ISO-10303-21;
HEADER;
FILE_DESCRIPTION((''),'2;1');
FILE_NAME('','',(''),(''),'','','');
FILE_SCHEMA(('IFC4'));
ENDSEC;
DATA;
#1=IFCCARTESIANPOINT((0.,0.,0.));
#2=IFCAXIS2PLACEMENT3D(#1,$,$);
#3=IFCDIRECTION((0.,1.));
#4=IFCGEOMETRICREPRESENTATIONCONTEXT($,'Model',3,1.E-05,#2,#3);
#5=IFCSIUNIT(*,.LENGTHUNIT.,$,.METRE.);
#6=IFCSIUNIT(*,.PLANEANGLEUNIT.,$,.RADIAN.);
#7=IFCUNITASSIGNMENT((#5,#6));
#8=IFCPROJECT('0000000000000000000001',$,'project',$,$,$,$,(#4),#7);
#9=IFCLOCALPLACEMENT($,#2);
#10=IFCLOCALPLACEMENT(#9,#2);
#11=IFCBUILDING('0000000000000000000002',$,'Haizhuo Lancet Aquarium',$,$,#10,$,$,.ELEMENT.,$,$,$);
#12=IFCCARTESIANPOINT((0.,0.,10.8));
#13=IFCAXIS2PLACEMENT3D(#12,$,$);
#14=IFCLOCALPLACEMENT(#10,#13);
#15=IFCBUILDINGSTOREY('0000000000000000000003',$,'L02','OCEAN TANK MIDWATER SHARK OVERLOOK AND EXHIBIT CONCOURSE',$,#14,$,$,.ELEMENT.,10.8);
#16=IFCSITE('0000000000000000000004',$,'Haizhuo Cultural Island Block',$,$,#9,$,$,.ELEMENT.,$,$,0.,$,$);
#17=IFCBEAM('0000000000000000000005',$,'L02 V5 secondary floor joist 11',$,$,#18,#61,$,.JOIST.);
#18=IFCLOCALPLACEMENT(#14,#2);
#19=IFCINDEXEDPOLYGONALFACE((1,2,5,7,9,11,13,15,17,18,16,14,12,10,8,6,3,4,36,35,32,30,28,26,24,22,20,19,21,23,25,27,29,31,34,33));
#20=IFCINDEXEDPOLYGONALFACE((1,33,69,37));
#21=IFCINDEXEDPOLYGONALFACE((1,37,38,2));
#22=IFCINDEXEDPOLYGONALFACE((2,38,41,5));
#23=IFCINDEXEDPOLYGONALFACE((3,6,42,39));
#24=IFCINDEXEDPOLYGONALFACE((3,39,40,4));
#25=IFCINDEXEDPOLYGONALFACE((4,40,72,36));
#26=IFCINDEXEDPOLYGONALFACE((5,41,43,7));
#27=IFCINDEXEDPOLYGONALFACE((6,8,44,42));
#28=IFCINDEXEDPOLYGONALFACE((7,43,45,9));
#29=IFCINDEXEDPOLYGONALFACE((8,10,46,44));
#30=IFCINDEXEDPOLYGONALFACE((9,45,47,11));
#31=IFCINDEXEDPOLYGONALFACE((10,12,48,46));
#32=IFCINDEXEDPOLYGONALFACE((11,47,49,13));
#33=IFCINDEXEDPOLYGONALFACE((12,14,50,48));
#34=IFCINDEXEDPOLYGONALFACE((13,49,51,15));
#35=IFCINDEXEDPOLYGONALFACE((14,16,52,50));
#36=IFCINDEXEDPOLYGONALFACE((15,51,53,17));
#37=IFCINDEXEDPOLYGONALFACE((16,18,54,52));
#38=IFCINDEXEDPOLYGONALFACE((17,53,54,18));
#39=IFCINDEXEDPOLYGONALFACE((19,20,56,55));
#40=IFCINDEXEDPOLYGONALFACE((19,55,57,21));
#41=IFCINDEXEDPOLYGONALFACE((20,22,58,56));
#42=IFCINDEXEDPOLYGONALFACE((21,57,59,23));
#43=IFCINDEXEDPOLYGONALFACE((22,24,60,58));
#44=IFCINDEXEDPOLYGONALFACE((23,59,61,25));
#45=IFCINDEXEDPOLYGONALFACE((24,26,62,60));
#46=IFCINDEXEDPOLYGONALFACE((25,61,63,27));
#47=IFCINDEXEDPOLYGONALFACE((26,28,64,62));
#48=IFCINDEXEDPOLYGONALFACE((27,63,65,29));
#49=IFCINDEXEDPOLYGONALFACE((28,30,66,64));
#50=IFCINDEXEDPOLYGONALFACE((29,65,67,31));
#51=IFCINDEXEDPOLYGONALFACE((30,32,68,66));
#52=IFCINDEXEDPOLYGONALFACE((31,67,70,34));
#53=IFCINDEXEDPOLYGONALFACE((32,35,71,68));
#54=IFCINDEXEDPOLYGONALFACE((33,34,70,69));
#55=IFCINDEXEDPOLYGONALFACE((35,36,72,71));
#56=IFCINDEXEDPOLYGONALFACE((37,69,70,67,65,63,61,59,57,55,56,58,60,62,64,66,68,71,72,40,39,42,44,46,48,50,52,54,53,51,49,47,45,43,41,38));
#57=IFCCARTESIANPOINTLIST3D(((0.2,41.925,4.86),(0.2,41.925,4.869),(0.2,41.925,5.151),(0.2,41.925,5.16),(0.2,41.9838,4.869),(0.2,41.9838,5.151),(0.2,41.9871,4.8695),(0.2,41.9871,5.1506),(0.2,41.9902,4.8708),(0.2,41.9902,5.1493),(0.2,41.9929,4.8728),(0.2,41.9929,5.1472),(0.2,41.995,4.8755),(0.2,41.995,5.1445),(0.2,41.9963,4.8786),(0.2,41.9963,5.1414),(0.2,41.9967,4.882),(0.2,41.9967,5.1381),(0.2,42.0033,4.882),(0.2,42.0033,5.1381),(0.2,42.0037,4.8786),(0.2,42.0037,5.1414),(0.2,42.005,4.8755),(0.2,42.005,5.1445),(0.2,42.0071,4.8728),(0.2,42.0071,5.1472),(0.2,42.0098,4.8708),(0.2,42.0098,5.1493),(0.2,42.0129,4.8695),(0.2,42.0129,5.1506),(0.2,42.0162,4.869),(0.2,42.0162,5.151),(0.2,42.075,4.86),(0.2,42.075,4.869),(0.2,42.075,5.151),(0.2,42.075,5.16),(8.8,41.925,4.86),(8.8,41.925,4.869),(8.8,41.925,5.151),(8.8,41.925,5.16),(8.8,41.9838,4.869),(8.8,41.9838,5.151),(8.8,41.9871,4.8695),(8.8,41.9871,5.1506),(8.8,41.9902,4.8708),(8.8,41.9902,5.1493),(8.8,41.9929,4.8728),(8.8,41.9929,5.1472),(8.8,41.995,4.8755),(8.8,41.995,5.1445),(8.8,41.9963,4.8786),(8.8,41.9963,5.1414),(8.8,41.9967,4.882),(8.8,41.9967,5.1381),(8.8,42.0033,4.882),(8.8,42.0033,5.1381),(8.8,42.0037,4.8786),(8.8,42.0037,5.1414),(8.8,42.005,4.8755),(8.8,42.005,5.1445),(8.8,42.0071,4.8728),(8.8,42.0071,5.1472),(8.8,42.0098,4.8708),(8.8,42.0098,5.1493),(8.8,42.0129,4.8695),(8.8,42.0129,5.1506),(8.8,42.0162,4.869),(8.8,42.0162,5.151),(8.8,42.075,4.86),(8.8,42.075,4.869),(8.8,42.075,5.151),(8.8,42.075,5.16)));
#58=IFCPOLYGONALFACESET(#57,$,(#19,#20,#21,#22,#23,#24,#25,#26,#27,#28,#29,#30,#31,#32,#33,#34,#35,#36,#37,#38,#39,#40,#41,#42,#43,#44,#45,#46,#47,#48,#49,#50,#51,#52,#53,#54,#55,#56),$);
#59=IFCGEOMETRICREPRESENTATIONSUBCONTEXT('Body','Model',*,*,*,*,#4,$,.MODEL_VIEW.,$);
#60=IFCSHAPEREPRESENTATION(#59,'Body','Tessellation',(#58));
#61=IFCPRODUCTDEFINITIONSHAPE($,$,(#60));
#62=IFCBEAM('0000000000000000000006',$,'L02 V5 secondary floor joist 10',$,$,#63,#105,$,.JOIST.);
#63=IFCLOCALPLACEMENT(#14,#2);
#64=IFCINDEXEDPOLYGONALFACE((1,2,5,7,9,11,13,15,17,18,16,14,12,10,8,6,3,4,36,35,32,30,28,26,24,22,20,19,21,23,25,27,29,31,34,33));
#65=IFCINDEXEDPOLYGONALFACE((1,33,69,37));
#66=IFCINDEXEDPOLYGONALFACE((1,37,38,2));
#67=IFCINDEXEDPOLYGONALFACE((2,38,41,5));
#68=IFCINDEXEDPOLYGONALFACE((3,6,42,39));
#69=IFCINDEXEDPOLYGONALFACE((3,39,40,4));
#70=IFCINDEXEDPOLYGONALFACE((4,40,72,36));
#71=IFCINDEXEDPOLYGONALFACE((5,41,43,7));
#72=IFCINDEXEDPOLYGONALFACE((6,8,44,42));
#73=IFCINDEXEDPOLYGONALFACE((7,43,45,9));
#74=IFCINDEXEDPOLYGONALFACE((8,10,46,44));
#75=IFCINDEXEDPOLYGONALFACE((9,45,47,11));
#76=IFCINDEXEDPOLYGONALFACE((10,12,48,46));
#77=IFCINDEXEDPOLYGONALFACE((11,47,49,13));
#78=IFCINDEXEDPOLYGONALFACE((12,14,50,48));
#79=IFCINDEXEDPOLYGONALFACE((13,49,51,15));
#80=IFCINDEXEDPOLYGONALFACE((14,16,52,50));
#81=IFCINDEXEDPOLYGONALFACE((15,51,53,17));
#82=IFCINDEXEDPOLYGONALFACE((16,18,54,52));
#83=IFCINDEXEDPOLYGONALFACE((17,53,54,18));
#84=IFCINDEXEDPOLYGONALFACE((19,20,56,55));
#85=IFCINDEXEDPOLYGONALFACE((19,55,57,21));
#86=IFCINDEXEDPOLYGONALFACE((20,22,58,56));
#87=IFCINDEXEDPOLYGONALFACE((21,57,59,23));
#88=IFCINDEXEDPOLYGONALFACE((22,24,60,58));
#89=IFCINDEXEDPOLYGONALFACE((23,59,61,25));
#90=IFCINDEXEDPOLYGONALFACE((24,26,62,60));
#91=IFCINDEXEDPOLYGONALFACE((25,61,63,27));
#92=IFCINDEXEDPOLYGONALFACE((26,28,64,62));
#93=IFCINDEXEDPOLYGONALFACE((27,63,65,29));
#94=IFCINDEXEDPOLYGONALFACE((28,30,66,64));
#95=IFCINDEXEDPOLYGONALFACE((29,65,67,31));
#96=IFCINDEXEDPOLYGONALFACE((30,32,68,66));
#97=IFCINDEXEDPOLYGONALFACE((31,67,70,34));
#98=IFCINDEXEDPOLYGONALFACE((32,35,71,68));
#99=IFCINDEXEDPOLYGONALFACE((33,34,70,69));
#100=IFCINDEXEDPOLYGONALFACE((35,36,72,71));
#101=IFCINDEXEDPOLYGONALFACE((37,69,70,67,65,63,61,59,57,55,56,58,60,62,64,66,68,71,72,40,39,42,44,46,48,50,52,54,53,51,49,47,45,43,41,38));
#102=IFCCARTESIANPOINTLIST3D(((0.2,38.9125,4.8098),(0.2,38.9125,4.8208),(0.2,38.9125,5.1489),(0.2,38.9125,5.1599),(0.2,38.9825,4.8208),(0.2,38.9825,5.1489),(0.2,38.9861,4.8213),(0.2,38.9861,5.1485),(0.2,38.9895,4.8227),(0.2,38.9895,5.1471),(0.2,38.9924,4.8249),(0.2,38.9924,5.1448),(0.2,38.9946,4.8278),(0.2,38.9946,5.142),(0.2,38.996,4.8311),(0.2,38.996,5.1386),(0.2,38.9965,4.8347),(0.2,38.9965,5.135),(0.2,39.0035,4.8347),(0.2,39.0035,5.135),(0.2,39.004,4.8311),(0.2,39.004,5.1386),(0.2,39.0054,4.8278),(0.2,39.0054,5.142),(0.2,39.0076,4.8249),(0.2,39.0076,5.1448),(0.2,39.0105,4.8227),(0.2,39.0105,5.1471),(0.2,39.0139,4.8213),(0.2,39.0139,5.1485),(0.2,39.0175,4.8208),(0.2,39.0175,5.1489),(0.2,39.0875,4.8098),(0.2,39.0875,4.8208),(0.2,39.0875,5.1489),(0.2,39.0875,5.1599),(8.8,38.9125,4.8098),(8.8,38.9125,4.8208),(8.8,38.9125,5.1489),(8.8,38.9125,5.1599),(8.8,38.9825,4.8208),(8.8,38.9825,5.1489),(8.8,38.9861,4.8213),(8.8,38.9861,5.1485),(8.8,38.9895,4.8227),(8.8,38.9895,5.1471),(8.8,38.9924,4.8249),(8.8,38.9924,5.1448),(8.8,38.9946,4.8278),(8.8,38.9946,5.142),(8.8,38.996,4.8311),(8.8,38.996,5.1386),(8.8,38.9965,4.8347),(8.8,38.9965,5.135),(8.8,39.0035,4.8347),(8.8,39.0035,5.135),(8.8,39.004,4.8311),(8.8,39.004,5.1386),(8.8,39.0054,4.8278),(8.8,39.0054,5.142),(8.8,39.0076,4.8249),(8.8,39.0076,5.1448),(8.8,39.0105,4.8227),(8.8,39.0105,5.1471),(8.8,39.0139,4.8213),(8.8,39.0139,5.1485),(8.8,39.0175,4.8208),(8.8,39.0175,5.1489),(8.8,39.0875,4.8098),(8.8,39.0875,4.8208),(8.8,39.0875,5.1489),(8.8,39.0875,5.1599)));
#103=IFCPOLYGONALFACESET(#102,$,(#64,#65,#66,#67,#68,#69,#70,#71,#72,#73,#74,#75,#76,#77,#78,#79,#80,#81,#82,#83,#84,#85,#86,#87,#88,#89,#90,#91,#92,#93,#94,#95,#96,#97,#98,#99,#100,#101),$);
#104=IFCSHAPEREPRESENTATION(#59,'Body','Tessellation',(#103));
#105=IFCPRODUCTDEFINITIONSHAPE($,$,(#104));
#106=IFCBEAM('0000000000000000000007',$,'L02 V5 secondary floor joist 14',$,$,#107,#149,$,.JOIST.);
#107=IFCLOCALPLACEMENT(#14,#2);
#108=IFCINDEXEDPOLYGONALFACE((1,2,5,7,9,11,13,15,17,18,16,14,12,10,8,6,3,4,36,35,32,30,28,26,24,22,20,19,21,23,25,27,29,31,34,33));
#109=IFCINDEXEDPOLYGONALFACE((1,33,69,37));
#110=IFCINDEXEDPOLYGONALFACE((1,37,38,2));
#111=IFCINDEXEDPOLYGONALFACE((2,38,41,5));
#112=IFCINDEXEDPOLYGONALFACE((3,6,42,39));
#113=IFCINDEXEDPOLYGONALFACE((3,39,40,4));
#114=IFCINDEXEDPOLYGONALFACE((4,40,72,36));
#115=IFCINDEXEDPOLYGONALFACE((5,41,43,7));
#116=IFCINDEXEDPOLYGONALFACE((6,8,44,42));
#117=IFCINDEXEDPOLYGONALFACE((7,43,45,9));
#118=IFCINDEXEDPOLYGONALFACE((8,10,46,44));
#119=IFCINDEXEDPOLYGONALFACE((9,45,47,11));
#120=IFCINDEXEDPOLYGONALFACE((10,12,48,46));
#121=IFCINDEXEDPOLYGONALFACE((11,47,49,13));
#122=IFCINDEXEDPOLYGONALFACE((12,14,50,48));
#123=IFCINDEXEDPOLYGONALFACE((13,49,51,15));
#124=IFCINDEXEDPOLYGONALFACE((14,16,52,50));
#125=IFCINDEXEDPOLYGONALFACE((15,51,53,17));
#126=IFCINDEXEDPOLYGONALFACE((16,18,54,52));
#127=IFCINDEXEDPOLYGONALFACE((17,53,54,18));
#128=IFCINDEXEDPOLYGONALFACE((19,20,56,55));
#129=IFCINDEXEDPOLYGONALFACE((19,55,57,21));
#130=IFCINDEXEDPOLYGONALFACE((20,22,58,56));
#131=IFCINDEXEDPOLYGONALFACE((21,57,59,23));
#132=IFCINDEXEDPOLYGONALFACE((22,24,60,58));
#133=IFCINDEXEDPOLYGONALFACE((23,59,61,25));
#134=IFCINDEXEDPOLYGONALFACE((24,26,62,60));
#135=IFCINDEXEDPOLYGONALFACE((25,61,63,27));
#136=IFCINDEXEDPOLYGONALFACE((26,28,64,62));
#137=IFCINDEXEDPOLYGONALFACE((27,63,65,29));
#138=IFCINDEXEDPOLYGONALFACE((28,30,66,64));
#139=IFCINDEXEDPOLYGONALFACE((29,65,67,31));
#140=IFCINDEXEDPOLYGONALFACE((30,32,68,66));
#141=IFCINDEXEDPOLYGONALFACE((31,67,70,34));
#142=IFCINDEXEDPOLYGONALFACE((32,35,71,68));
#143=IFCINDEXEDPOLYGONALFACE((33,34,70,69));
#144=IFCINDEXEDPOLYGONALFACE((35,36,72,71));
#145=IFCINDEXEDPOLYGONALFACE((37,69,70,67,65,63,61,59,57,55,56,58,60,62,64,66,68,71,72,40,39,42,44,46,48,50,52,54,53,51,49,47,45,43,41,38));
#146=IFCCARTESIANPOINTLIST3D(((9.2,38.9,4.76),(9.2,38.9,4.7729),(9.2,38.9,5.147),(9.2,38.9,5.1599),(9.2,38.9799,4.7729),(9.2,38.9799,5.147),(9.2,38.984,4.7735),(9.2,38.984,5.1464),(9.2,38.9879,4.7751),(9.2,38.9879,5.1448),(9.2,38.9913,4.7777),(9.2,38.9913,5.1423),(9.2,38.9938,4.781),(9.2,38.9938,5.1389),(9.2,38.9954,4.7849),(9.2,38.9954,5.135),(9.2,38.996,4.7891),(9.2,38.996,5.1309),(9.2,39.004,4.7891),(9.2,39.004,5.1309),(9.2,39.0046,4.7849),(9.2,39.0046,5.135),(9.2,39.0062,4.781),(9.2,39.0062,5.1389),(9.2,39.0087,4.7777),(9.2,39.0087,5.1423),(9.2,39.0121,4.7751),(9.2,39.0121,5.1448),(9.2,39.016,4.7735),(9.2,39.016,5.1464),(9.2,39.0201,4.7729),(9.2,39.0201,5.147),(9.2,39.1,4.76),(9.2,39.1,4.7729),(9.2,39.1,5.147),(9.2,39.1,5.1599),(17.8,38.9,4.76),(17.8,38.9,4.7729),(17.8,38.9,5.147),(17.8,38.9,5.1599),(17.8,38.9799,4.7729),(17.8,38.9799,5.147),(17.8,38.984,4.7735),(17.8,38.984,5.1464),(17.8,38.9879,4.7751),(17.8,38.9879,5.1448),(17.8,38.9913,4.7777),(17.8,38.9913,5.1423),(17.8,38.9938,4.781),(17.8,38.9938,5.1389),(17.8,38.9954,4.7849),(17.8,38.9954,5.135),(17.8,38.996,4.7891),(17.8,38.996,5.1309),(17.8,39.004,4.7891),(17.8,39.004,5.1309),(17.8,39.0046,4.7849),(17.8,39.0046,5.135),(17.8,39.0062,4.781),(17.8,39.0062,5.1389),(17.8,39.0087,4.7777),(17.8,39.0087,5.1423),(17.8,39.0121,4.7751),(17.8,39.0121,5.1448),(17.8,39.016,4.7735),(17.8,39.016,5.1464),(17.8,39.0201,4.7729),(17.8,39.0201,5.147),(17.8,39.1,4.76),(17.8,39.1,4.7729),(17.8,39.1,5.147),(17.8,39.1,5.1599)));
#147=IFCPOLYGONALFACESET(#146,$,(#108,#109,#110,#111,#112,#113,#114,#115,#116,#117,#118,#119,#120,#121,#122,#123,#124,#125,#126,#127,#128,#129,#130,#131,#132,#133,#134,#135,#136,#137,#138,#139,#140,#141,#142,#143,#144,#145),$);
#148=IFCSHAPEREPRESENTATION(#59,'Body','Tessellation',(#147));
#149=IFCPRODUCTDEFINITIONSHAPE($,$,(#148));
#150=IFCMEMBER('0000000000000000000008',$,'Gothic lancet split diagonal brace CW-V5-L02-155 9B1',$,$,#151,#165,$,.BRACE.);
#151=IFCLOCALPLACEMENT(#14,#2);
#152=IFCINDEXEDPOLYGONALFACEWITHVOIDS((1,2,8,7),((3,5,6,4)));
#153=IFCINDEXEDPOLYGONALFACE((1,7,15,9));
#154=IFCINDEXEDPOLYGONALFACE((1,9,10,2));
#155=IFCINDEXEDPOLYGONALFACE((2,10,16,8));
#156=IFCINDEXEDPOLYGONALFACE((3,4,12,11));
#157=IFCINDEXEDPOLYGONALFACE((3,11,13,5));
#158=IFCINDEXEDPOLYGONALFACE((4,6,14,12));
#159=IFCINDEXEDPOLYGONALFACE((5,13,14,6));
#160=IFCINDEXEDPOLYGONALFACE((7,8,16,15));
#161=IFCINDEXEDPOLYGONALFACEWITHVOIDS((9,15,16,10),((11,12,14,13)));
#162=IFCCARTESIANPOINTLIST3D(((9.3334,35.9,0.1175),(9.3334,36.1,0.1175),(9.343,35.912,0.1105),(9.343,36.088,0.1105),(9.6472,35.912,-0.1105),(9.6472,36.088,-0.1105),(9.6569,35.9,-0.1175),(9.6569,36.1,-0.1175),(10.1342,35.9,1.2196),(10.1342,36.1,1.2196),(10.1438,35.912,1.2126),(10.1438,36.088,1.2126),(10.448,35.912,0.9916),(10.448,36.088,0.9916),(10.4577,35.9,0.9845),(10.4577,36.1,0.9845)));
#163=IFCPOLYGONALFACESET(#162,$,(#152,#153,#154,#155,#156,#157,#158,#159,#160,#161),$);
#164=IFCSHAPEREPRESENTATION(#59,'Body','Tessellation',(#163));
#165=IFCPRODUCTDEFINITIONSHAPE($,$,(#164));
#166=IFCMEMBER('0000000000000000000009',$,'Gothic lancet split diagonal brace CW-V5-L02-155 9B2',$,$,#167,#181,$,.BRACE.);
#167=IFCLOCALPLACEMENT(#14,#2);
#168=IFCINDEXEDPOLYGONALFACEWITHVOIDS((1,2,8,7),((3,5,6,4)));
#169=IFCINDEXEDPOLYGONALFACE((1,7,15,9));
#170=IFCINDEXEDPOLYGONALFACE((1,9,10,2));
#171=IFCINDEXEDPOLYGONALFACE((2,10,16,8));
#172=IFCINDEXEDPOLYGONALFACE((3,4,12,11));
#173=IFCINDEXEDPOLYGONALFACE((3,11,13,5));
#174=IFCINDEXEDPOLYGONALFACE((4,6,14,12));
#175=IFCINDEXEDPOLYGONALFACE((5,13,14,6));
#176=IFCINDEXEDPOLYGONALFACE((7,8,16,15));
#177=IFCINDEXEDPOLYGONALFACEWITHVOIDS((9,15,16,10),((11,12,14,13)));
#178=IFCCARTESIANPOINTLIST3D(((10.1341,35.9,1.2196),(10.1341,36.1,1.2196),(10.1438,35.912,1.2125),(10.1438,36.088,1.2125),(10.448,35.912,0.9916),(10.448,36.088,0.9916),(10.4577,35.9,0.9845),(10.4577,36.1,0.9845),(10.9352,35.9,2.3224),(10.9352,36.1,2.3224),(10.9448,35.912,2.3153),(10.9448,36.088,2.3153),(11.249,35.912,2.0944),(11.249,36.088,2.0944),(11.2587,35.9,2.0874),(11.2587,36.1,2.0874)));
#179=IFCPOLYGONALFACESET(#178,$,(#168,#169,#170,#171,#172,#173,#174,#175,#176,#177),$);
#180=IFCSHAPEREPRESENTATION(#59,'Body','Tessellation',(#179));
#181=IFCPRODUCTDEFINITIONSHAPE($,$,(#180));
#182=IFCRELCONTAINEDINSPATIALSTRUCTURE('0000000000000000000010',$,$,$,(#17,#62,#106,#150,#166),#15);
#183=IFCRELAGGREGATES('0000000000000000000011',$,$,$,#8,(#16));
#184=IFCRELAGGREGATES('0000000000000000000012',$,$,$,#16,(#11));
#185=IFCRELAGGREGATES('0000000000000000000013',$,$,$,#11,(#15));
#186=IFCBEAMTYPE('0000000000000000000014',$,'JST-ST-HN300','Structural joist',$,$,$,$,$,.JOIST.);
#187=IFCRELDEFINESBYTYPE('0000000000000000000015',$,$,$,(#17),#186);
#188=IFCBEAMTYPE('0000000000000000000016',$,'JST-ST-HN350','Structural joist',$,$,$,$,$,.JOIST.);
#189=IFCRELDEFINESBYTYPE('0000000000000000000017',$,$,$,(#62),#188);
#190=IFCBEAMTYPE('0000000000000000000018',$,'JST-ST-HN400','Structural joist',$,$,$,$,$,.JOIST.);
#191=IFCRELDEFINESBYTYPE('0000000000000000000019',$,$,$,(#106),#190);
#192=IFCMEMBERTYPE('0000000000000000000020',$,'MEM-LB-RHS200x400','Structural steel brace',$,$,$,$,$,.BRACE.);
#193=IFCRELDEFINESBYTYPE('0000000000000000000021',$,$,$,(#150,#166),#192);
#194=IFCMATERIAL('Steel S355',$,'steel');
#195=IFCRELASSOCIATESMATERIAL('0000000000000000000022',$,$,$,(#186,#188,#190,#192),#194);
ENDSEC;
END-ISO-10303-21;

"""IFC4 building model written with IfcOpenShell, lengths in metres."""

from ifc_helpers import new_model, si_unit, direction, frame, origin, origin_2d, place, context, subcontext, project, spatial, hollow_rectangle, i_section, extrude, material, material_profile, profile_set, type_object, element, save


model = new_model("IFC4")

# Units and contexts
model_context = context("Model", 3, precision=1e-05, world=origin(), true_north=direction((0.0, 1.0)))
body_context = subcontext(model_context, "Body", "Model", "MODEL_VIEW")
ifc_project = project(units=[si_unit("LENGTHUNIT", "METRE"), si_unit("PLANEANGLEUNIT", "RADIAN")], contexts=[model_context])

# Site, building, storey
site_placement = place(None, origin())
site = spatial("IfcSite", under=ifc_project, at=site_placement, Name="Haizhuo Cultural Island Block", CompositionType="ELEMENT", RefElevation=0.0)
building_placement = place(site_placement, origin())
building = spatial("IfcBuilding", under=site, at=building_placement, Name="Haizhuo Lancet Aquarium", CompositionType="ELEMENT")
storey_placement = place(building_placement, frame((0.0, 0.0, 10.8)))
storey = spatial("IfcBuildingStorey", under=building, at=storey_placement, Name="L02", Description="OCEAN TANK MIDWATER SHARK OVERLOOK AND EXHIBIT CONCOURSE", CompositionType="ELEMENT", Elevation=10.8)

# Beams
ifc_material_1 = material(Name="Steel S355", Category="steel")
ifc_material_profile_1 = material_profile(ifc_material_1, i_section(OverallWidth=0.1499, OverallDepth=0.3, WebThickness=0.0066, FlangeThickness=0.009, FilletRadius=0.0129, at=origin_2d()), Name="HN 300x150x6.5x9")
ifc_profile_set_1 = profile_set([ifc_material_profile_1], Name="Steel S355")
beam_type_1 = type_object("IfcBeamType", Name="JST-ST-HN300", Description="Structural joist", PredefinedType="JOIST", material=ifc_profile_set_1)
beam_1_placement = place(storey_placement, frame((0.2, 42.0, 5.01), z_axis=(1.0, 0.0, 0.0), x_axis=(0.0, 1.0, 0.0)))
element("IfcBeam", 1, at=beam_1_placement, inside=storey, type_object=beam_type_1, Name="L02 V5 secondary floor joist 11", PredefinedType="JOIST", context=body_context, shape_type="SweptSolid", body=[
    extrude(i_section(OverallWidth=0.1499, OverallDepth=0.3, WebThickness=0.0066, FlangeThickness=0.009, FilletRadius=0.0129, at=origin_2d()), origin(), (0.0, 0.0, 1.0), 8.6001),
])
ifc_material_profile_2 = material_profile(ifc_material_1, i_section(OverallWidth=0.175, OverallDepth=0.3501, WebThickness=0.0071, FlangeThickness=0.011, FilletRadius=0.0139, at=origin_2d()), Name="HN 350x175x7x11")
ifc_profile_set_2 = profile_set([ifc_material_profile_2], Name="Steel S355")
beam_type_2 = type_object("IfcBeamType", Name="JST-ST-HN350", Description="Structural joist", PredefinedType="JOIST", material=ifc_profile_set_2)
beam_2_placement = place(storey_placement, frame((0.2, 39.0, 4.9849), z_axis=(1.0, 0.0, 0.0), x_axis=(0.0, 1.0, 0.0)))
element("IfcBeam", 2, at=beam_2_placement, inside=storey, type_object=beam_type_2, Name="L02 V5 secondary floor joist 10", PredefinedType="JOIST", context=body_context, shape_type="SweptSolid", body=[
    extrude(i_section(OverallWidth=0.175, OverallDepth=0.3501, WebThickness=0.0071, FlangeThickness=0.011, FilletRadius=0.0139, at=origin_2d()), origin(), (0.0, 0.0, 1.0), 8.6001),
])
ifc_material_profile_3 = material_profile(ifc_material_1, i_section(OverallWidth=0.2, OverallDepth=0.3999, WebThickness=0.0081, FlangeThickness=0.0129, FilletRadius=0.0161, at=origin_2d()), Name="HN 400x200x8x13")
ifc_profile_set_3 = profile_set([ifc_material_profile_3], Name="Steel S355")
beam_type_3 = type_object("IfcBeamType", Name="JST-ST-HN400", Description="Structural joist", PredefinedType="JOIST", material=ifc_profile_set_3)
beam_3_placement = place(storey_placement, frame((9.2, 39.0, 4.96), z_axis=(1.0, 0.0, 0.0), x_axis=(0.0, 1.0, 0.0)))
element("IfcBeam", 3, at=beam_3_placement, inside=storey, type_object=beam_type_3, Name="L02 V5 secondary floor joist 14", PredefinedType="JOIST", context=body_context, shape_type="SweptSolid", body=[
    extrude(i_section(OverallWidth=0.2, OverallDepth=0.3999, WebThickness=0.0081, FlangeThickness=0.0129, FilletRadius=0.0161, at=origin_2d()), origin(), (0.0, 0.0, 1.0), 8.6001),
])

# Members
ifc_material_profile_4 = material_profile(ifc_material_1, hollow_rectangle(XDim=0.2, YDim=0.3999, WallThickness=0.012, at=origin_2d()), Name="RHS 200x400x12")
ifc_profile_set_4 = profile_set([ifc_material_profile_4], Name="Steel S355")
member_type_1 = type_object("IfcMemberType", Name="MEM-LB-RHS200x400", Description="Structural steel brace", PredefinedType="BRACE", material=ifc_profile_set_4)
member_1_placement = place(storey_placement, frame((9.4951, 36.0, 0.0), z_axis=(0.587831, 0.0, 0.808984), x_axis=(0.0, 1.0, 0.0)))
element("IfcMember", 4, at=member_1_placement, inside=storey, type_object=member_type_1, Name="Gothic lancet split diagonal brace CW-V5-L02-155 9B1", PredefinedType="BRACE", context=body_context, shape_type="SweptSolid", body=[
    extrude(hollow_rectangle(XDim=0.2, YDim=0.3999, WallThickness=0.012, at=origin_2d()), origin(), (0.0, 0.0, 1.0), 1.3623),
])
for number, where, z_axis, x_axis, name in (
    (5, (10.2959, 36.0, 1.1021), (0.587692, 0.0, 0.809084), (0.0, 1.0, 0.0), "Gothic lancet split diagonal brace CW-V5-L02-155 9B2"),
):
    element("IfcMember", number, at=place(storey_placement, frame(where, z_axis=z_axis, x_axis=x_axis)), inside=storey, type_object=member_type_1, Name=name, PredefinedType="BRACE", context=body_context, shape_type="SweptSolid", body=[
        extrude(hollow_rectangle(XDim=0.2, YDim=0.3999, WallThickness=0.012, at=origin_2d()), origin(), (0.0, 0.0, 1.0), 1.363),
    ])

save(model, "model.ifc")
